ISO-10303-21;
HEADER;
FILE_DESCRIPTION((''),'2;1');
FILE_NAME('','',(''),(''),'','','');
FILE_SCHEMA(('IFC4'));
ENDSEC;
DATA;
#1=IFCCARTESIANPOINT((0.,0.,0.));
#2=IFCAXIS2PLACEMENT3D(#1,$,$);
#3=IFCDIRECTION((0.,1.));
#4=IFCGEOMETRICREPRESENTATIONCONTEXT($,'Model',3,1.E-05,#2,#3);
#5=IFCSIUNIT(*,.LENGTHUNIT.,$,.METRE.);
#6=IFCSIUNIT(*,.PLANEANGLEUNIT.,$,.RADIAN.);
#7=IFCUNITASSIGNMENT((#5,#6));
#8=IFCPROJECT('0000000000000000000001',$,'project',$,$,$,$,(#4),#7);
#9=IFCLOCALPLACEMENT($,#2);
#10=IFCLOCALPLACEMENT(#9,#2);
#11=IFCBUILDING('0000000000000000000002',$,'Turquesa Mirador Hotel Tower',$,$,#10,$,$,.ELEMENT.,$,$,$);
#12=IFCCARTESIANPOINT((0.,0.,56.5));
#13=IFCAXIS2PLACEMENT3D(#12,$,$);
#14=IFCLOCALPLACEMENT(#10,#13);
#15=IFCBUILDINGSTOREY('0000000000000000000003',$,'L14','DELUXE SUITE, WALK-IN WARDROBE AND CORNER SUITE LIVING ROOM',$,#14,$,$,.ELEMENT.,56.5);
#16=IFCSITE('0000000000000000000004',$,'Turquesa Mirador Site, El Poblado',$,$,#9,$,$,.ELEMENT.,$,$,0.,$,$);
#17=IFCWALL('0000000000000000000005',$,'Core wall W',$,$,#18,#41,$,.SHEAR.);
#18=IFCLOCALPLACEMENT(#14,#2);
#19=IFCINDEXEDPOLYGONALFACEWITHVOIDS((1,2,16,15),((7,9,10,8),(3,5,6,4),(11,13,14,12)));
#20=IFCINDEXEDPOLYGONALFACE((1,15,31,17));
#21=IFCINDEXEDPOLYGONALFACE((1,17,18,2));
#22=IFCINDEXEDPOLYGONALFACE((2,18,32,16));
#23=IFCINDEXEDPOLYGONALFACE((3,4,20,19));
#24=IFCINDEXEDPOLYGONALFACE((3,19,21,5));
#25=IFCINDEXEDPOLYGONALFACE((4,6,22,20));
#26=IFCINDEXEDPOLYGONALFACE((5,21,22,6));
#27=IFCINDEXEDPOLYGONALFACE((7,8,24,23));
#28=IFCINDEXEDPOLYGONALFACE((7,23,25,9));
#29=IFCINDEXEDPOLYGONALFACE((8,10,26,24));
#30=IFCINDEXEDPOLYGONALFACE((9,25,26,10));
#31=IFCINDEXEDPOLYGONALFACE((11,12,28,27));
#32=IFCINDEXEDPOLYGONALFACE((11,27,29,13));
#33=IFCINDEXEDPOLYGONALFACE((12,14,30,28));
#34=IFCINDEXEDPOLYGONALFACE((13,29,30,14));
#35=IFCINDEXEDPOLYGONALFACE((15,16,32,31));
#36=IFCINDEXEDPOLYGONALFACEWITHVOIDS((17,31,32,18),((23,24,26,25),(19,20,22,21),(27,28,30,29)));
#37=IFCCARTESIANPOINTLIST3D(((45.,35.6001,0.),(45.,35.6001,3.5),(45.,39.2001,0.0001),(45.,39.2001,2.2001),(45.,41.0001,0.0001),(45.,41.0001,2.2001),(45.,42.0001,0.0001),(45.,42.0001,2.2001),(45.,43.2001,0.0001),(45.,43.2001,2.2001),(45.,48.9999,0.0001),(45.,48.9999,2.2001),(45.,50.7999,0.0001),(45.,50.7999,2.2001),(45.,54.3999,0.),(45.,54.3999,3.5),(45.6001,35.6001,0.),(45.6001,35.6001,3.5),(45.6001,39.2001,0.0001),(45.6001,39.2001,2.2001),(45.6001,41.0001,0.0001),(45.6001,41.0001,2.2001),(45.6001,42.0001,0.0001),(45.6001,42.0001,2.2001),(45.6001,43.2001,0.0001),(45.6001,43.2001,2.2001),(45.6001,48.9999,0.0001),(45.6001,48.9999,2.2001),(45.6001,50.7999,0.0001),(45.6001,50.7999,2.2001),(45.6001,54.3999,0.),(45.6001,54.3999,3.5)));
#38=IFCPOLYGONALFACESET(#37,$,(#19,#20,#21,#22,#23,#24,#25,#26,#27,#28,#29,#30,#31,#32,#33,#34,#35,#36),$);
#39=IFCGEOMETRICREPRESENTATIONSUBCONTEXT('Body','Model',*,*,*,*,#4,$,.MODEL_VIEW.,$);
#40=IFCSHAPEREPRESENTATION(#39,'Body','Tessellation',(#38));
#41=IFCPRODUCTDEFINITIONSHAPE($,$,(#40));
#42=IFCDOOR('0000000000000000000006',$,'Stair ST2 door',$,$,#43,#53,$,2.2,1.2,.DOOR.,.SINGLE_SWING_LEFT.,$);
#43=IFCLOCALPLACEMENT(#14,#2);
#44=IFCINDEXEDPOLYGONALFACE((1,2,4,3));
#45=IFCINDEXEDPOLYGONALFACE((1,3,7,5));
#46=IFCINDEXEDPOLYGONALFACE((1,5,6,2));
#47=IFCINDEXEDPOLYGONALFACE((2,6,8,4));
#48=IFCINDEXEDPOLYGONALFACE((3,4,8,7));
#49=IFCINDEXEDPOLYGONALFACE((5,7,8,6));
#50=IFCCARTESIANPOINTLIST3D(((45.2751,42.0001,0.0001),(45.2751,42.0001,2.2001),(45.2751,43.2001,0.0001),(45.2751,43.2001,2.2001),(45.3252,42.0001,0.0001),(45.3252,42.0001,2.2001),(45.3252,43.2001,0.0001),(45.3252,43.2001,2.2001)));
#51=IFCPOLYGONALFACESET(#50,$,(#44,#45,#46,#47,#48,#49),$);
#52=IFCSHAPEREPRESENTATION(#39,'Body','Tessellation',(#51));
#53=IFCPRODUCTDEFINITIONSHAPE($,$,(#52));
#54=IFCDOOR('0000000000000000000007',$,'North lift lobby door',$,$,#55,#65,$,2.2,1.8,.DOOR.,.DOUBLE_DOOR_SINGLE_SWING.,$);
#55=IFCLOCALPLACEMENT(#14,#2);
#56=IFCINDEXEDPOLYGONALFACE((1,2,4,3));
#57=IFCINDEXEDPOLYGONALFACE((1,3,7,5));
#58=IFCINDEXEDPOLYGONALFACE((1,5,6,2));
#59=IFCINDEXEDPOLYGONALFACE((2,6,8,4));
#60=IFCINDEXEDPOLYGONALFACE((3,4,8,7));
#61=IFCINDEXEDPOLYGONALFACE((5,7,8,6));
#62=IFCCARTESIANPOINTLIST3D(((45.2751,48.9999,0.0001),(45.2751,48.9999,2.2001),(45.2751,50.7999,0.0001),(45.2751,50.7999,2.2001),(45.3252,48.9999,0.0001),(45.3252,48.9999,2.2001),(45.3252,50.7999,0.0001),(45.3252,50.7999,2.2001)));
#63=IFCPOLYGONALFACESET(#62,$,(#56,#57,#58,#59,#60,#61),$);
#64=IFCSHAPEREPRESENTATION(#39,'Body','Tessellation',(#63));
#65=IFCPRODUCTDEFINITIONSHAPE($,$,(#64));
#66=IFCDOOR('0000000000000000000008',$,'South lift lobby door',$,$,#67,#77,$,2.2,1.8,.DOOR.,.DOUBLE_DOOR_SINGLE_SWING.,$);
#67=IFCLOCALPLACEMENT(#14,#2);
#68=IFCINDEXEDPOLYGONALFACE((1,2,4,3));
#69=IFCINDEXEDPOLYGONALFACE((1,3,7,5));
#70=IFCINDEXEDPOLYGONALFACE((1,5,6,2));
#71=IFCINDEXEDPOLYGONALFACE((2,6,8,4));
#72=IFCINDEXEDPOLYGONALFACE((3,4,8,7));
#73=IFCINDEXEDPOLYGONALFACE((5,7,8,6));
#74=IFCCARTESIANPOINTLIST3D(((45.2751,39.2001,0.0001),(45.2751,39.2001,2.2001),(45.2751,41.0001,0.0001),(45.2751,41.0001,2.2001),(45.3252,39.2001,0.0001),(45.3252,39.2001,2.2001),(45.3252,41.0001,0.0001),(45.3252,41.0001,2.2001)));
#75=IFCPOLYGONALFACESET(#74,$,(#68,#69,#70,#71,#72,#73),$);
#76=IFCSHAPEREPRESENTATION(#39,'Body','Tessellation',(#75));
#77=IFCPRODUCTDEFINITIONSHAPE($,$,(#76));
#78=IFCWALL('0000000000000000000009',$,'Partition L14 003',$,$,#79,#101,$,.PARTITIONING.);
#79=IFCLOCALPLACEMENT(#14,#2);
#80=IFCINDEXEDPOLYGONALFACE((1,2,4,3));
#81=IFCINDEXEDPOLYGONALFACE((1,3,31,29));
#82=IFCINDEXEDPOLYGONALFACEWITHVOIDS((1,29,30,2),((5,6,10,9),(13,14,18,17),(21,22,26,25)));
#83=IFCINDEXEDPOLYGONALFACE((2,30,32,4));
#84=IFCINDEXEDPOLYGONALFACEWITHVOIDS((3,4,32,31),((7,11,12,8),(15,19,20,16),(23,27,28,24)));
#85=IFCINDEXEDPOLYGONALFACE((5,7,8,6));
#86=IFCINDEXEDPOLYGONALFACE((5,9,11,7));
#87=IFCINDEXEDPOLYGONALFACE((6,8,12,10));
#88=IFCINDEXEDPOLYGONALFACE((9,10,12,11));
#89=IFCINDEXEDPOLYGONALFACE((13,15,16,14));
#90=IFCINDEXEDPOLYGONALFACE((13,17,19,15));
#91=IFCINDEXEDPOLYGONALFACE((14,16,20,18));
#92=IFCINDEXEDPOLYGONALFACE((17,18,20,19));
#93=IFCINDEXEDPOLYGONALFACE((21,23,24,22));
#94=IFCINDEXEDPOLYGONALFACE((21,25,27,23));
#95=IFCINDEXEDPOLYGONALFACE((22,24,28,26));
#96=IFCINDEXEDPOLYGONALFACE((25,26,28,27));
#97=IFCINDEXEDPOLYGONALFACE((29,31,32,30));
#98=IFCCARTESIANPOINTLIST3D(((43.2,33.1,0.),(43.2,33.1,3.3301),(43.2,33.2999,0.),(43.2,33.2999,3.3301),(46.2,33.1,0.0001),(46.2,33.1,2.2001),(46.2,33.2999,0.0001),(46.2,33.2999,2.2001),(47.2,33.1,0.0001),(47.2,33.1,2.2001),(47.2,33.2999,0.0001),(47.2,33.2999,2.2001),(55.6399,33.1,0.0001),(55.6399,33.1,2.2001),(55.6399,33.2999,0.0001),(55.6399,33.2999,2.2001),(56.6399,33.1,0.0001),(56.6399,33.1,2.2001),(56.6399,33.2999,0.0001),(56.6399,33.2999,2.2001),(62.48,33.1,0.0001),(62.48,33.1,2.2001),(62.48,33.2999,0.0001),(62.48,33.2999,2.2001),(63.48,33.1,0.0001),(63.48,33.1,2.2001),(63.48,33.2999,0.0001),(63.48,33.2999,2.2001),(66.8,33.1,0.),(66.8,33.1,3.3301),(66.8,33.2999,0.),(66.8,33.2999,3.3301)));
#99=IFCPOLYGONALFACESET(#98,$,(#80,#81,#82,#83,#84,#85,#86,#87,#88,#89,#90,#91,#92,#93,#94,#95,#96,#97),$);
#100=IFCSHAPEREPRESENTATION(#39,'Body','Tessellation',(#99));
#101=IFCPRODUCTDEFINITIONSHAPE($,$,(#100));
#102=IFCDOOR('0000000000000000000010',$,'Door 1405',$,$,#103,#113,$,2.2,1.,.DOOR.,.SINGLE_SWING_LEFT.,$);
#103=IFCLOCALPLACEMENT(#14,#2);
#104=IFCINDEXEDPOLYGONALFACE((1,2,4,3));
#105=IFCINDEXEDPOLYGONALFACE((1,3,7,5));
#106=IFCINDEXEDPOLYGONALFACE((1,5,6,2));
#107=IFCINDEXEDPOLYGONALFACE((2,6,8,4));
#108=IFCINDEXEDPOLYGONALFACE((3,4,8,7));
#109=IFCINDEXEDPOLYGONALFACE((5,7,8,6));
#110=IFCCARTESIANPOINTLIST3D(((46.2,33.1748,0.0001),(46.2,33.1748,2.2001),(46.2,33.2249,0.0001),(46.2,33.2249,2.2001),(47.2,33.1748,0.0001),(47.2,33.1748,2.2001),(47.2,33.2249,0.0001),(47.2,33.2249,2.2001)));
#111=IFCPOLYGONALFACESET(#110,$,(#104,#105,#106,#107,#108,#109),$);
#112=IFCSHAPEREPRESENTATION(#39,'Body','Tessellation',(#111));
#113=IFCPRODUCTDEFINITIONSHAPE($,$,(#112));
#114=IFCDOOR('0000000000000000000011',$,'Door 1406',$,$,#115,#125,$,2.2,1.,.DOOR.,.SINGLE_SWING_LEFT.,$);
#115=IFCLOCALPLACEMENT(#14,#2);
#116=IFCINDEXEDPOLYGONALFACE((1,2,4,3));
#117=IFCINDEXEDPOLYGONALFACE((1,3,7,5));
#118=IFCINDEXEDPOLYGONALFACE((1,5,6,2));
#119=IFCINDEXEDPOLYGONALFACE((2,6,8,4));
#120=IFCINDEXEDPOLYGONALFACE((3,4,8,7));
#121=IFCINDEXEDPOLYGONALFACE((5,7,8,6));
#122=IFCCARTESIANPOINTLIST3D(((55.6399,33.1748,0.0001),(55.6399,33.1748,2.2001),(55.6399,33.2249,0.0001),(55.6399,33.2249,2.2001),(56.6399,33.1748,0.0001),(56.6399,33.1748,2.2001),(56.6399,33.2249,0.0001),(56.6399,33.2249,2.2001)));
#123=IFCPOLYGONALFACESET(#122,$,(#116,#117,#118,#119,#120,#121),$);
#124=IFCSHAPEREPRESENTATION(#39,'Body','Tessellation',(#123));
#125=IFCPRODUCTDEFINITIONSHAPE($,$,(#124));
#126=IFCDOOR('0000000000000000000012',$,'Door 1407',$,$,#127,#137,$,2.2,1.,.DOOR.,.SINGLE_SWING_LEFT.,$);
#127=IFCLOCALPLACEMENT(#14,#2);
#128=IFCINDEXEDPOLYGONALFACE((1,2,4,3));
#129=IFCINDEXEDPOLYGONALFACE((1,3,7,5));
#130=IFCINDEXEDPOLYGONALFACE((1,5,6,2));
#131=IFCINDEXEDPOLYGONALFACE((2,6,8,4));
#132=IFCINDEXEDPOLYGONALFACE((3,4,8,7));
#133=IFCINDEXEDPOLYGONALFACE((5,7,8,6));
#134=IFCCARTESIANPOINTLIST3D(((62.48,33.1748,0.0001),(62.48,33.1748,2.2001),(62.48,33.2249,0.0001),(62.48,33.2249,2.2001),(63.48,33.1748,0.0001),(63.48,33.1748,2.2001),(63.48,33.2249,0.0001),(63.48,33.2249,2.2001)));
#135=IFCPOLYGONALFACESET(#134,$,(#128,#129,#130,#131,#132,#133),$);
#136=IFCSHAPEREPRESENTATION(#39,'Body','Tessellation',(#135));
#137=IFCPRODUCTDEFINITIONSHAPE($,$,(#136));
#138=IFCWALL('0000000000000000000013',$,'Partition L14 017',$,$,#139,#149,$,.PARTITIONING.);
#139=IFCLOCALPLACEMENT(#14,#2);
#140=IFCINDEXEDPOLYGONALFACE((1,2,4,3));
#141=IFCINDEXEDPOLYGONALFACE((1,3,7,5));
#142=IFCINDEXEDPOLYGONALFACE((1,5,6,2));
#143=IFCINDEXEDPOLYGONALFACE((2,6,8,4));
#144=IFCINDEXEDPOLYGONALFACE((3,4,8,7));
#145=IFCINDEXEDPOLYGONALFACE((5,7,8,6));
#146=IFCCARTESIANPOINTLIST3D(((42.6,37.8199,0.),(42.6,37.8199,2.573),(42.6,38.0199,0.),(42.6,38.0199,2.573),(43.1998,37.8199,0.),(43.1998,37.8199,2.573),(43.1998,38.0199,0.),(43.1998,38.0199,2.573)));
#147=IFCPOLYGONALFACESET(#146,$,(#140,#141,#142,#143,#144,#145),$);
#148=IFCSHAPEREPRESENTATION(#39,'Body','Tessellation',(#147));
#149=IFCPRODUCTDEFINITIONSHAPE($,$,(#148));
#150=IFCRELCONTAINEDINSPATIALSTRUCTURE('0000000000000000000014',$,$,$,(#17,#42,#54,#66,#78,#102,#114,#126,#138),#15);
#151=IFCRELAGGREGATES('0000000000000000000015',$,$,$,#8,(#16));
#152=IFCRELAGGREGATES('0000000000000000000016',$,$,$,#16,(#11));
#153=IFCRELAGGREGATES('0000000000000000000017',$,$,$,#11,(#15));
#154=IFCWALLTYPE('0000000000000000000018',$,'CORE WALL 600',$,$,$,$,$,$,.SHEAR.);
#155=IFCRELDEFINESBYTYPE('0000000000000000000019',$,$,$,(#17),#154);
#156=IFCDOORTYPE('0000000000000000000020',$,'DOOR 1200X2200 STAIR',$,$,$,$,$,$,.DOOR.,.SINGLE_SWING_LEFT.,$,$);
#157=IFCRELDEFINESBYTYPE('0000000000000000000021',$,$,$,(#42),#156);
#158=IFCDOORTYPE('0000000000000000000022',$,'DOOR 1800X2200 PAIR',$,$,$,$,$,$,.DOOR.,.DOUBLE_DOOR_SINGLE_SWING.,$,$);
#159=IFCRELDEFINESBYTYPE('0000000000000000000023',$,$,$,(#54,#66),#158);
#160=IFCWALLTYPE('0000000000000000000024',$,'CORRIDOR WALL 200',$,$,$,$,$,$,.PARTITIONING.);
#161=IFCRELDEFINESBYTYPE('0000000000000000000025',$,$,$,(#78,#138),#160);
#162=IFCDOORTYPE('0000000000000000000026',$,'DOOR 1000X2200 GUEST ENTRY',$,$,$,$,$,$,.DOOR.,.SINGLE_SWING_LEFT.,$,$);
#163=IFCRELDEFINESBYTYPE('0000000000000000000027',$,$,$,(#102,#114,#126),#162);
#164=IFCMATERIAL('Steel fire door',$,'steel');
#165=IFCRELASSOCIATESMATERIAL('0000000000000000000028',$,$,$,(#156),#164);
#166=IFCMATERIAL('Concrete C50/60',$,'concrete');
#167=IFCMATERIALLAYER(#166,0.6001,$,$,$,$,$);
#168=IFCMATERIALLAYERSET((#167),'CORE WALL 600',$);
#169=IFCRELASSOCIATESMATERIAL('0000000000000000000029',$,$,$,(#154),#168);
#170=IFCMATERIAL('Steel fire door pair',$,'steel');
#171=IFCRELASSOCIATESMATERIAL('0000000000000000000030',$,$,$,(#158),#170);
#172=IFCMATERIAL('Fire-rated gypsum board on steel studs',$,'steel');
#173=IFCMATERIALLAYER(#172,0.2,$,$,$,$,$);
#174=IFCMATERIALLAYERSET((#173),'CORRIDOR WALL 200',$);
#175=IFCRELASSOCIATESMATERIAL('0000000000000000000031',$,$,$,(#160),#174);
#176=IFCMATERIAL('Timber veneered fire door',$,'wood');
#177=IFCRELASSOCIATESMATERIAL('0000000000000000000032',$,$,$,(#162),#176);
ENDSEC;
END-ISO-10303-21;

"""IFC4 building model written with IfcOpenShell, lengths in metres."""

from ifc_helpers import new_model, si_unit, direction, frame, frame_2d, origin, place, context, subcontext, project, spatial, rectangle, extrude, material, layer, layer_set, type_object, element, fill, save


model = new_model("IFC4")

# Units and contexts
model_context = context("Model", 3, precision=1e-05, world=origin(), true_north=direction((0.0, 1.0)))
body_context = subcontext(model_context, "Body", "Model", "MODEL_VIEW")
ifc_project = project(units=[si_unit("LENGTHUNIT", "METRE"), si_unit("PLANEANGLEUNIT", "RADIAN")], contexts=[model_context])

# Site, building, storey
site_placement = place(None, origin())
site = spatial("IfcSite", under=ifc_project, at=site_placement, Name="Turquesa Mirador Site, El Poblado", CompositionType="ELEMENT", RefElevation=0.0)
building_placement = place(site_placement, origin())
building = spatial("IfcBuilding", under=site, at=building_placement, Name="Turquesa Mirador Hotel Tower", CompositionType="ELEMENT")
storey_placement = place(building_placement, frame((0.0, 0.0, 56.5)))
storey = spatial("IfcBuildingStorey", under=building, at=storey_placement, Name="L14", Description="DELUXE SUITE, WALK-IN WARDROBE AND CORNER SUITE LIVING ROOM", CompositionType="ELEMENT", Elevation=56.5)

# Shared definitions
ifc_material_1 = material(Name="Steel fire door", Category="steel")
door_type_1 = type_object("IfcDoorType", Name="DOOR 1200X2200 STAIR", OperationType="SINGLE_SWING_LEFT", PredefinedType="DOOR", material=ifc_material_1)

# Shared definitions
ifc_material_2 = material(Name="Concrete C50/60", Category="concrete")
ifc_layer_1 = layer(ifc_material_2, 0.6001)
ifc_layer_set_1 = layer_set([ifc_layer_1], Name="CORE WALL 600")
wall_type_1 = type_object("IfcWallType", Name="CORE WALL 600", PredefinedType="SHEAR", material=ifc_layer_set_1)

# Walls, openings, doors
wall_1_placement = place(storey_placement, frame((45.3, 35.6001, 0.0), z_axis=(0.0, 0.0, 1.0), x_axis=(0.0, 1.0, 0.0)))
wall_1 = element("IfcWall", 1, at=wall_1_placement, inside=storey, type_object=wall_type_1, Name="Core wall W", PredefinedType="SHEAR", context=body_context, shape_type="SweptSolid", body=[
    extrude(rectangle(XDim=18.7998, YDim=0.6001, at=frame_2d((9.3999, 0.0))), origin(), (0.0, 0.0, 1.0), 3.5),
])
opening_1_placement = place(wall_1_placement, frame((13.3999, 0.0, 0.0)))
opening_1 = element("IfcOpeningElement", 2, at=opening_1_placement, cuts=wall_1, PredefinedType="OPENING", context=body_context, shape_type="SweptSolid", body=[
    extrude(rectangle(XDim=1.8, YDim=2.2, at=frame_2d((0.8999, 1.1001))), frame((0.0, 0.3101, 0.0), z_axis=(0.0, -1.0, 0.0), x_axis=(1.0, 0.0, 0.0)), (0.0, 0.0, 1.0), 0.6201),
])
opening_2_placement = place(wall_1_placement, frame((3.6001, 0.0, 0.0)))
opening_2 = element("IfcOpeningElement", 3, at=opening_2_placement, cuts=wall_1, PredefinedType="OPENING", context=body_context, shape_type="SweptSolid", body=[
    extrude(rectangle(XDim=1.8, YDim=2.2, at=frame_2d((0.8999, 1.1001))), frame((0.0, 0.3101, 0.0), z_axis=(0.0, -1.0, 0.0), x_axis=(1.0, 0.0, 0.0)), (0.0, 0.0, 1.0), 0.6201),
])
opening_3_placement = place(wall_1_placement, frame((6.3999, 0.0, 0.0)))
opening_3 = element("IfcOpeningElement", 4, at=opening_3_placement, cuts=wall_1, PredefinedType="OPENING", context=body_context, shape_type="SweptSolid", body=[
    extrude(rectangle(XDim=1.2, YDim=2.2, at=frame_2d((0.6001, 1.1001))), frame((0.0, 0.3101, 0.0), z_axis=(0.0, -1.0, 0.0), x_axis=(1.0, 0.0, 0.0)), (0.0, 0.0, 1.0), 0.6201),
])
door_1_placement = place(opening_3_placement, origin())
door_1 = element("IfcDoor", 5, at=door_1_placement, inside=storey, type_object=door_type_1, Name="Stair ST2 door", OperationType="SINGLE_SWING_LEFT", OverallHeight=2.2, OverallWidth=1.2, PredefinedType="DOOR", context=body_context, shape_type="SweptSolid", body=[
    extrude(rectangle(XDim=1.2, YDim=2.2, at=frame_2d((0.6001, 1.1001))), frame((0.0, 0.0249, 0.0), z_axis=(0.0, -1.0, 0.0), x_axis=(1.0, 0.0, 0.0)), (0.0, 0.0, 1.0), 0.05),
])
fill(opening_3, door_1)
ifc_material_3 = material(Name="Steel fire door pair", Category="steel")
door_type_2 = type_object("IfcDoorType", Name="DOOR 1800X2200 PAIR", OperationType="DOUBLE_DOOR_SINGLE_SWING", PredefinedType="DOOR", material=ifc_material_3)
door_2_placement = place(opening_1_placement, origin())
door_2 = element("IfcDoor", 6, at=door_2_placement, inside=storey, type_object=door_type_2, Name="North lift lobby door", OperationType="DOUBLE_DOOR_SINGLE_SWING", OverallHeight=2.2, OverallWidth=1.8, PredefinedType="DOOR", context=body_context, shape_type="SweptSolid", body=[
    extrude(rectangle(XDim=1.8, YDim=2.2, at=frame_2d((0.8999, 1.1001))), frame((0.0, 0.0249, 0.0), z_axis=(0.0, -1.0, 0.0), x_axis=(1.0, 0.0, 0.0)), (0.0, 0.0, 1.0), 0.05),
])
fill(opening_1, door_2)
door_3_placement = place(opening_2_placement, origin())
door_3 = element("IfcDoor", 7, at=door_3_placement, inside=storey, type_object=door_type_2, Name="South lift lobby door", OperationType="DOUBLE_DOOR_SINGLE_SWING", OverallHeight=2.2, OverallWidth=1.8, PredefinedType="DOOR", context=body_context, shape_type="SweptSolid", body=[
    extrude(rectangle(XDim=1.8, YDim=2.2, at=frame_2d((0.8999, 1.1001))), frame((0.0, 0.0249, 0.0), z_axis=(0.0, -1.0, 0.0), x_axis=(1.0, 0.0, 0.0)), (0.0, 0.0, 1.0), 0.05),
])
fill(opening_2, door_3)
ifc_material_4 = material(Name="Fire-rated gypsum board on steel studs", Category="steel")
ifc_layer_2 = layer(ifc_material_4, 0.2)
ifc_layer_set_2 = layer_set([ifc_layer_2], Name="CORRIDOR WALL 200")
wall_type_2 = type_object("IfcWallType", Name="CORRIDOR WALL 200", PredefinedType="PARTITIONING", material=ifc_layer_set_2)
wall_2_placement = place(storey_placement, frame((43.2, 33.2, 0.0), z_axis=(0.0, 0.0, 1.0), x_axis=(1.0, 0.0, 0.0)))
wall_2 = element("IfcWall", 8, at=wall_2_placement, inside=storey, type_object=wall_type_2, Name="Partition L14 003", PredefinedType="PARTITIONING", context=body_context, shape_type="SweptSolid", body=[
    extrude(rectangle(XDim=23.6001, YDim=0.2, at=frame_2d((11.8, 0.0))), origin(), (0.0, 0.0, 1.0), 3.3301),
])
opening_4_placement = place(wall_2_placement, frame((3.0, 0.0, 0.0)))
opening_4 = element("IfcOpeningElement", 9, at=opening_4_placement, cuts=wall_2, PredefinedType="OPENING", context=body_context, shape_type="SweptSolid", body=[
    extrude(rectangle(XDim=1.0, YDim=2.2, at=frame_2d((0.5, 1.1001))), frame((0.0, 0.1099, 0.0), z_axis=(0.0, -1.0, 0.0), x_axis=(1.0, 0.0, 0.0)), (0.0, 0.0, 1.0), 0.22),
])
opening_5_placement = place(wall_2_placement, frame((12.4399, 0.0, 0.0)))
opening_5 = element("IfcOpeningElement", 10, at=opening_5_placement, cuts=wall_2, PredefinedType="OPENING", context=body_context, shape_type="SweptSolid", body=[
    extrude(rectangle(XDim=1.0, YDim=2.2, at=frame_2d((0.5, 1.1001))), frame((0.0, 0.1099, 0.0), z_axis=(0.0, -1.0, 0.0), x_axis=(1.0, 0.0, 0.0)), (0.0, 0.0, 1.0), 0.22),
])
opening_6_placement = place(wall_2_placement, frame((19.28, 0.0, 0.0)))
opening_6 = element("IfcOpeningElement", 11, at=opening_6_placement, cuts=wall_2, PredefinedType="OPENING", context=body_context, shape_type="SweptSolid", body=[
    extrude(rectangle(XDim=1.0, YDim=2.2, at=frame_2d((0.5, 1.1001))), frame((0.0, 0.1099, 0.0), z_axis=(0.0, -1.0, 0.0), x_axis=(1.0, 0.0, 0.0)), (0.0, 0.0, 1.0), 0.22),
])
ifc_material_5 = material(Name="Timber veneered fire door", Category="wood")
door_type_3 = type_object("IfcDoorType", Name="DOOR 1000X2200 GUEST ENTRY", OperationType="SINGLE_SWING_LEFT", PredefinedType="DOOR", material=ifc_material_5)
door_4_placement = place(opening_4_placement, origin())
door_4 = element("IfcDoor", 12, at=door_4_placement, inside=storey, type_object=door_type_3, Name="Door 1405", OperationType="SINGLE_SWING_LEFT", OverallHeight=2.2, OverallWidth=1.0, PredefinedType="DOOR", context=body_context, shape_type="SweptSolid", body=[
    extrude(rectangle(XDim=1.0, YDim=2.2, at=frame_2d((0.5, 1.1001))), frame((0.0, 0.0249, 0.0), z_axis=(0.0, -1.0, 0.0), x_axis=(1.0, 0.0, 0.0)), (0.0, 0.0, 1.0), 0.05),
])
fill(opening_4, door_4)
door_5_placement = place(opening_5_placement, origin())
door_5 = element("IfcDoor", 13, at=door_5_placement, inside=storey, type_object=door_type_3, Name="Door 1406", OperationType="SINGLE_SWING_LEFT", OverallHeight=2.2, OverallWidth=1.0, PredefinedType="DOOR", context=body_context, shape_type="SweptSolid", body=[
    extrude(rectangle(XDim=1.0, YDim=2.2, at=frame_2d((0.5, 1.1001))), frame((0.0, 0.0249, 0.0), z_axis=(0.0, -1.0, 0.0), x_axis=(1.0, 0.0, 0.0)), (0.0, 0.0, 1.0), 0.05),
])
fill(opening_5, door_5)
door_6_placement = place(opening_6_placement, origin())
door_6 = element("IfcDoor", 14, at=door_6_placement, inside=storey, type_object=door_type_3, Name="Door 1407", OperationType="SINGLE_SWING_LEFT", OverallHeight=2.2, OverallWidth=1.0, PredefinedType="DOOR", context=body_context, shape_type="SweptSolid", body=[
    extrude(rectangle(XDim=1.0, YDim=2.2, at=frame_2d((0.5, 1.1001))), frame((0.0, 0.0249, 0.0), z_axis=(0.0, -1.0, 0.0), x_axis=(1.0, 0.0, 0.0)), (0.0, 0.0, 1.0), 0.05),
])
fill(opening_6, door_6)

# Wall
wall_3_placement = place(storey_placement, frame((42.6001, 37.9199, 0.0), z_axis=(0.0, 0.0, 1.0), x_axis=(1.0, 0.0, 0.0)))
element("IfcWall", 15, at=wall_3_placement, inside=storey, type_object=wall_type_2, Name="Partition L14 017", PredefinedType="PARTITIONING", context=body_context, shape_type="SweptSolid", body=[
    extrude(rectangle(XDim=0.5999, YDim=0.2, at=frame_2d((0.2998, 0.0))), origin(), (0.0, 0.0, 1.0), 2.573),
])

save(model, "model.ifc")
